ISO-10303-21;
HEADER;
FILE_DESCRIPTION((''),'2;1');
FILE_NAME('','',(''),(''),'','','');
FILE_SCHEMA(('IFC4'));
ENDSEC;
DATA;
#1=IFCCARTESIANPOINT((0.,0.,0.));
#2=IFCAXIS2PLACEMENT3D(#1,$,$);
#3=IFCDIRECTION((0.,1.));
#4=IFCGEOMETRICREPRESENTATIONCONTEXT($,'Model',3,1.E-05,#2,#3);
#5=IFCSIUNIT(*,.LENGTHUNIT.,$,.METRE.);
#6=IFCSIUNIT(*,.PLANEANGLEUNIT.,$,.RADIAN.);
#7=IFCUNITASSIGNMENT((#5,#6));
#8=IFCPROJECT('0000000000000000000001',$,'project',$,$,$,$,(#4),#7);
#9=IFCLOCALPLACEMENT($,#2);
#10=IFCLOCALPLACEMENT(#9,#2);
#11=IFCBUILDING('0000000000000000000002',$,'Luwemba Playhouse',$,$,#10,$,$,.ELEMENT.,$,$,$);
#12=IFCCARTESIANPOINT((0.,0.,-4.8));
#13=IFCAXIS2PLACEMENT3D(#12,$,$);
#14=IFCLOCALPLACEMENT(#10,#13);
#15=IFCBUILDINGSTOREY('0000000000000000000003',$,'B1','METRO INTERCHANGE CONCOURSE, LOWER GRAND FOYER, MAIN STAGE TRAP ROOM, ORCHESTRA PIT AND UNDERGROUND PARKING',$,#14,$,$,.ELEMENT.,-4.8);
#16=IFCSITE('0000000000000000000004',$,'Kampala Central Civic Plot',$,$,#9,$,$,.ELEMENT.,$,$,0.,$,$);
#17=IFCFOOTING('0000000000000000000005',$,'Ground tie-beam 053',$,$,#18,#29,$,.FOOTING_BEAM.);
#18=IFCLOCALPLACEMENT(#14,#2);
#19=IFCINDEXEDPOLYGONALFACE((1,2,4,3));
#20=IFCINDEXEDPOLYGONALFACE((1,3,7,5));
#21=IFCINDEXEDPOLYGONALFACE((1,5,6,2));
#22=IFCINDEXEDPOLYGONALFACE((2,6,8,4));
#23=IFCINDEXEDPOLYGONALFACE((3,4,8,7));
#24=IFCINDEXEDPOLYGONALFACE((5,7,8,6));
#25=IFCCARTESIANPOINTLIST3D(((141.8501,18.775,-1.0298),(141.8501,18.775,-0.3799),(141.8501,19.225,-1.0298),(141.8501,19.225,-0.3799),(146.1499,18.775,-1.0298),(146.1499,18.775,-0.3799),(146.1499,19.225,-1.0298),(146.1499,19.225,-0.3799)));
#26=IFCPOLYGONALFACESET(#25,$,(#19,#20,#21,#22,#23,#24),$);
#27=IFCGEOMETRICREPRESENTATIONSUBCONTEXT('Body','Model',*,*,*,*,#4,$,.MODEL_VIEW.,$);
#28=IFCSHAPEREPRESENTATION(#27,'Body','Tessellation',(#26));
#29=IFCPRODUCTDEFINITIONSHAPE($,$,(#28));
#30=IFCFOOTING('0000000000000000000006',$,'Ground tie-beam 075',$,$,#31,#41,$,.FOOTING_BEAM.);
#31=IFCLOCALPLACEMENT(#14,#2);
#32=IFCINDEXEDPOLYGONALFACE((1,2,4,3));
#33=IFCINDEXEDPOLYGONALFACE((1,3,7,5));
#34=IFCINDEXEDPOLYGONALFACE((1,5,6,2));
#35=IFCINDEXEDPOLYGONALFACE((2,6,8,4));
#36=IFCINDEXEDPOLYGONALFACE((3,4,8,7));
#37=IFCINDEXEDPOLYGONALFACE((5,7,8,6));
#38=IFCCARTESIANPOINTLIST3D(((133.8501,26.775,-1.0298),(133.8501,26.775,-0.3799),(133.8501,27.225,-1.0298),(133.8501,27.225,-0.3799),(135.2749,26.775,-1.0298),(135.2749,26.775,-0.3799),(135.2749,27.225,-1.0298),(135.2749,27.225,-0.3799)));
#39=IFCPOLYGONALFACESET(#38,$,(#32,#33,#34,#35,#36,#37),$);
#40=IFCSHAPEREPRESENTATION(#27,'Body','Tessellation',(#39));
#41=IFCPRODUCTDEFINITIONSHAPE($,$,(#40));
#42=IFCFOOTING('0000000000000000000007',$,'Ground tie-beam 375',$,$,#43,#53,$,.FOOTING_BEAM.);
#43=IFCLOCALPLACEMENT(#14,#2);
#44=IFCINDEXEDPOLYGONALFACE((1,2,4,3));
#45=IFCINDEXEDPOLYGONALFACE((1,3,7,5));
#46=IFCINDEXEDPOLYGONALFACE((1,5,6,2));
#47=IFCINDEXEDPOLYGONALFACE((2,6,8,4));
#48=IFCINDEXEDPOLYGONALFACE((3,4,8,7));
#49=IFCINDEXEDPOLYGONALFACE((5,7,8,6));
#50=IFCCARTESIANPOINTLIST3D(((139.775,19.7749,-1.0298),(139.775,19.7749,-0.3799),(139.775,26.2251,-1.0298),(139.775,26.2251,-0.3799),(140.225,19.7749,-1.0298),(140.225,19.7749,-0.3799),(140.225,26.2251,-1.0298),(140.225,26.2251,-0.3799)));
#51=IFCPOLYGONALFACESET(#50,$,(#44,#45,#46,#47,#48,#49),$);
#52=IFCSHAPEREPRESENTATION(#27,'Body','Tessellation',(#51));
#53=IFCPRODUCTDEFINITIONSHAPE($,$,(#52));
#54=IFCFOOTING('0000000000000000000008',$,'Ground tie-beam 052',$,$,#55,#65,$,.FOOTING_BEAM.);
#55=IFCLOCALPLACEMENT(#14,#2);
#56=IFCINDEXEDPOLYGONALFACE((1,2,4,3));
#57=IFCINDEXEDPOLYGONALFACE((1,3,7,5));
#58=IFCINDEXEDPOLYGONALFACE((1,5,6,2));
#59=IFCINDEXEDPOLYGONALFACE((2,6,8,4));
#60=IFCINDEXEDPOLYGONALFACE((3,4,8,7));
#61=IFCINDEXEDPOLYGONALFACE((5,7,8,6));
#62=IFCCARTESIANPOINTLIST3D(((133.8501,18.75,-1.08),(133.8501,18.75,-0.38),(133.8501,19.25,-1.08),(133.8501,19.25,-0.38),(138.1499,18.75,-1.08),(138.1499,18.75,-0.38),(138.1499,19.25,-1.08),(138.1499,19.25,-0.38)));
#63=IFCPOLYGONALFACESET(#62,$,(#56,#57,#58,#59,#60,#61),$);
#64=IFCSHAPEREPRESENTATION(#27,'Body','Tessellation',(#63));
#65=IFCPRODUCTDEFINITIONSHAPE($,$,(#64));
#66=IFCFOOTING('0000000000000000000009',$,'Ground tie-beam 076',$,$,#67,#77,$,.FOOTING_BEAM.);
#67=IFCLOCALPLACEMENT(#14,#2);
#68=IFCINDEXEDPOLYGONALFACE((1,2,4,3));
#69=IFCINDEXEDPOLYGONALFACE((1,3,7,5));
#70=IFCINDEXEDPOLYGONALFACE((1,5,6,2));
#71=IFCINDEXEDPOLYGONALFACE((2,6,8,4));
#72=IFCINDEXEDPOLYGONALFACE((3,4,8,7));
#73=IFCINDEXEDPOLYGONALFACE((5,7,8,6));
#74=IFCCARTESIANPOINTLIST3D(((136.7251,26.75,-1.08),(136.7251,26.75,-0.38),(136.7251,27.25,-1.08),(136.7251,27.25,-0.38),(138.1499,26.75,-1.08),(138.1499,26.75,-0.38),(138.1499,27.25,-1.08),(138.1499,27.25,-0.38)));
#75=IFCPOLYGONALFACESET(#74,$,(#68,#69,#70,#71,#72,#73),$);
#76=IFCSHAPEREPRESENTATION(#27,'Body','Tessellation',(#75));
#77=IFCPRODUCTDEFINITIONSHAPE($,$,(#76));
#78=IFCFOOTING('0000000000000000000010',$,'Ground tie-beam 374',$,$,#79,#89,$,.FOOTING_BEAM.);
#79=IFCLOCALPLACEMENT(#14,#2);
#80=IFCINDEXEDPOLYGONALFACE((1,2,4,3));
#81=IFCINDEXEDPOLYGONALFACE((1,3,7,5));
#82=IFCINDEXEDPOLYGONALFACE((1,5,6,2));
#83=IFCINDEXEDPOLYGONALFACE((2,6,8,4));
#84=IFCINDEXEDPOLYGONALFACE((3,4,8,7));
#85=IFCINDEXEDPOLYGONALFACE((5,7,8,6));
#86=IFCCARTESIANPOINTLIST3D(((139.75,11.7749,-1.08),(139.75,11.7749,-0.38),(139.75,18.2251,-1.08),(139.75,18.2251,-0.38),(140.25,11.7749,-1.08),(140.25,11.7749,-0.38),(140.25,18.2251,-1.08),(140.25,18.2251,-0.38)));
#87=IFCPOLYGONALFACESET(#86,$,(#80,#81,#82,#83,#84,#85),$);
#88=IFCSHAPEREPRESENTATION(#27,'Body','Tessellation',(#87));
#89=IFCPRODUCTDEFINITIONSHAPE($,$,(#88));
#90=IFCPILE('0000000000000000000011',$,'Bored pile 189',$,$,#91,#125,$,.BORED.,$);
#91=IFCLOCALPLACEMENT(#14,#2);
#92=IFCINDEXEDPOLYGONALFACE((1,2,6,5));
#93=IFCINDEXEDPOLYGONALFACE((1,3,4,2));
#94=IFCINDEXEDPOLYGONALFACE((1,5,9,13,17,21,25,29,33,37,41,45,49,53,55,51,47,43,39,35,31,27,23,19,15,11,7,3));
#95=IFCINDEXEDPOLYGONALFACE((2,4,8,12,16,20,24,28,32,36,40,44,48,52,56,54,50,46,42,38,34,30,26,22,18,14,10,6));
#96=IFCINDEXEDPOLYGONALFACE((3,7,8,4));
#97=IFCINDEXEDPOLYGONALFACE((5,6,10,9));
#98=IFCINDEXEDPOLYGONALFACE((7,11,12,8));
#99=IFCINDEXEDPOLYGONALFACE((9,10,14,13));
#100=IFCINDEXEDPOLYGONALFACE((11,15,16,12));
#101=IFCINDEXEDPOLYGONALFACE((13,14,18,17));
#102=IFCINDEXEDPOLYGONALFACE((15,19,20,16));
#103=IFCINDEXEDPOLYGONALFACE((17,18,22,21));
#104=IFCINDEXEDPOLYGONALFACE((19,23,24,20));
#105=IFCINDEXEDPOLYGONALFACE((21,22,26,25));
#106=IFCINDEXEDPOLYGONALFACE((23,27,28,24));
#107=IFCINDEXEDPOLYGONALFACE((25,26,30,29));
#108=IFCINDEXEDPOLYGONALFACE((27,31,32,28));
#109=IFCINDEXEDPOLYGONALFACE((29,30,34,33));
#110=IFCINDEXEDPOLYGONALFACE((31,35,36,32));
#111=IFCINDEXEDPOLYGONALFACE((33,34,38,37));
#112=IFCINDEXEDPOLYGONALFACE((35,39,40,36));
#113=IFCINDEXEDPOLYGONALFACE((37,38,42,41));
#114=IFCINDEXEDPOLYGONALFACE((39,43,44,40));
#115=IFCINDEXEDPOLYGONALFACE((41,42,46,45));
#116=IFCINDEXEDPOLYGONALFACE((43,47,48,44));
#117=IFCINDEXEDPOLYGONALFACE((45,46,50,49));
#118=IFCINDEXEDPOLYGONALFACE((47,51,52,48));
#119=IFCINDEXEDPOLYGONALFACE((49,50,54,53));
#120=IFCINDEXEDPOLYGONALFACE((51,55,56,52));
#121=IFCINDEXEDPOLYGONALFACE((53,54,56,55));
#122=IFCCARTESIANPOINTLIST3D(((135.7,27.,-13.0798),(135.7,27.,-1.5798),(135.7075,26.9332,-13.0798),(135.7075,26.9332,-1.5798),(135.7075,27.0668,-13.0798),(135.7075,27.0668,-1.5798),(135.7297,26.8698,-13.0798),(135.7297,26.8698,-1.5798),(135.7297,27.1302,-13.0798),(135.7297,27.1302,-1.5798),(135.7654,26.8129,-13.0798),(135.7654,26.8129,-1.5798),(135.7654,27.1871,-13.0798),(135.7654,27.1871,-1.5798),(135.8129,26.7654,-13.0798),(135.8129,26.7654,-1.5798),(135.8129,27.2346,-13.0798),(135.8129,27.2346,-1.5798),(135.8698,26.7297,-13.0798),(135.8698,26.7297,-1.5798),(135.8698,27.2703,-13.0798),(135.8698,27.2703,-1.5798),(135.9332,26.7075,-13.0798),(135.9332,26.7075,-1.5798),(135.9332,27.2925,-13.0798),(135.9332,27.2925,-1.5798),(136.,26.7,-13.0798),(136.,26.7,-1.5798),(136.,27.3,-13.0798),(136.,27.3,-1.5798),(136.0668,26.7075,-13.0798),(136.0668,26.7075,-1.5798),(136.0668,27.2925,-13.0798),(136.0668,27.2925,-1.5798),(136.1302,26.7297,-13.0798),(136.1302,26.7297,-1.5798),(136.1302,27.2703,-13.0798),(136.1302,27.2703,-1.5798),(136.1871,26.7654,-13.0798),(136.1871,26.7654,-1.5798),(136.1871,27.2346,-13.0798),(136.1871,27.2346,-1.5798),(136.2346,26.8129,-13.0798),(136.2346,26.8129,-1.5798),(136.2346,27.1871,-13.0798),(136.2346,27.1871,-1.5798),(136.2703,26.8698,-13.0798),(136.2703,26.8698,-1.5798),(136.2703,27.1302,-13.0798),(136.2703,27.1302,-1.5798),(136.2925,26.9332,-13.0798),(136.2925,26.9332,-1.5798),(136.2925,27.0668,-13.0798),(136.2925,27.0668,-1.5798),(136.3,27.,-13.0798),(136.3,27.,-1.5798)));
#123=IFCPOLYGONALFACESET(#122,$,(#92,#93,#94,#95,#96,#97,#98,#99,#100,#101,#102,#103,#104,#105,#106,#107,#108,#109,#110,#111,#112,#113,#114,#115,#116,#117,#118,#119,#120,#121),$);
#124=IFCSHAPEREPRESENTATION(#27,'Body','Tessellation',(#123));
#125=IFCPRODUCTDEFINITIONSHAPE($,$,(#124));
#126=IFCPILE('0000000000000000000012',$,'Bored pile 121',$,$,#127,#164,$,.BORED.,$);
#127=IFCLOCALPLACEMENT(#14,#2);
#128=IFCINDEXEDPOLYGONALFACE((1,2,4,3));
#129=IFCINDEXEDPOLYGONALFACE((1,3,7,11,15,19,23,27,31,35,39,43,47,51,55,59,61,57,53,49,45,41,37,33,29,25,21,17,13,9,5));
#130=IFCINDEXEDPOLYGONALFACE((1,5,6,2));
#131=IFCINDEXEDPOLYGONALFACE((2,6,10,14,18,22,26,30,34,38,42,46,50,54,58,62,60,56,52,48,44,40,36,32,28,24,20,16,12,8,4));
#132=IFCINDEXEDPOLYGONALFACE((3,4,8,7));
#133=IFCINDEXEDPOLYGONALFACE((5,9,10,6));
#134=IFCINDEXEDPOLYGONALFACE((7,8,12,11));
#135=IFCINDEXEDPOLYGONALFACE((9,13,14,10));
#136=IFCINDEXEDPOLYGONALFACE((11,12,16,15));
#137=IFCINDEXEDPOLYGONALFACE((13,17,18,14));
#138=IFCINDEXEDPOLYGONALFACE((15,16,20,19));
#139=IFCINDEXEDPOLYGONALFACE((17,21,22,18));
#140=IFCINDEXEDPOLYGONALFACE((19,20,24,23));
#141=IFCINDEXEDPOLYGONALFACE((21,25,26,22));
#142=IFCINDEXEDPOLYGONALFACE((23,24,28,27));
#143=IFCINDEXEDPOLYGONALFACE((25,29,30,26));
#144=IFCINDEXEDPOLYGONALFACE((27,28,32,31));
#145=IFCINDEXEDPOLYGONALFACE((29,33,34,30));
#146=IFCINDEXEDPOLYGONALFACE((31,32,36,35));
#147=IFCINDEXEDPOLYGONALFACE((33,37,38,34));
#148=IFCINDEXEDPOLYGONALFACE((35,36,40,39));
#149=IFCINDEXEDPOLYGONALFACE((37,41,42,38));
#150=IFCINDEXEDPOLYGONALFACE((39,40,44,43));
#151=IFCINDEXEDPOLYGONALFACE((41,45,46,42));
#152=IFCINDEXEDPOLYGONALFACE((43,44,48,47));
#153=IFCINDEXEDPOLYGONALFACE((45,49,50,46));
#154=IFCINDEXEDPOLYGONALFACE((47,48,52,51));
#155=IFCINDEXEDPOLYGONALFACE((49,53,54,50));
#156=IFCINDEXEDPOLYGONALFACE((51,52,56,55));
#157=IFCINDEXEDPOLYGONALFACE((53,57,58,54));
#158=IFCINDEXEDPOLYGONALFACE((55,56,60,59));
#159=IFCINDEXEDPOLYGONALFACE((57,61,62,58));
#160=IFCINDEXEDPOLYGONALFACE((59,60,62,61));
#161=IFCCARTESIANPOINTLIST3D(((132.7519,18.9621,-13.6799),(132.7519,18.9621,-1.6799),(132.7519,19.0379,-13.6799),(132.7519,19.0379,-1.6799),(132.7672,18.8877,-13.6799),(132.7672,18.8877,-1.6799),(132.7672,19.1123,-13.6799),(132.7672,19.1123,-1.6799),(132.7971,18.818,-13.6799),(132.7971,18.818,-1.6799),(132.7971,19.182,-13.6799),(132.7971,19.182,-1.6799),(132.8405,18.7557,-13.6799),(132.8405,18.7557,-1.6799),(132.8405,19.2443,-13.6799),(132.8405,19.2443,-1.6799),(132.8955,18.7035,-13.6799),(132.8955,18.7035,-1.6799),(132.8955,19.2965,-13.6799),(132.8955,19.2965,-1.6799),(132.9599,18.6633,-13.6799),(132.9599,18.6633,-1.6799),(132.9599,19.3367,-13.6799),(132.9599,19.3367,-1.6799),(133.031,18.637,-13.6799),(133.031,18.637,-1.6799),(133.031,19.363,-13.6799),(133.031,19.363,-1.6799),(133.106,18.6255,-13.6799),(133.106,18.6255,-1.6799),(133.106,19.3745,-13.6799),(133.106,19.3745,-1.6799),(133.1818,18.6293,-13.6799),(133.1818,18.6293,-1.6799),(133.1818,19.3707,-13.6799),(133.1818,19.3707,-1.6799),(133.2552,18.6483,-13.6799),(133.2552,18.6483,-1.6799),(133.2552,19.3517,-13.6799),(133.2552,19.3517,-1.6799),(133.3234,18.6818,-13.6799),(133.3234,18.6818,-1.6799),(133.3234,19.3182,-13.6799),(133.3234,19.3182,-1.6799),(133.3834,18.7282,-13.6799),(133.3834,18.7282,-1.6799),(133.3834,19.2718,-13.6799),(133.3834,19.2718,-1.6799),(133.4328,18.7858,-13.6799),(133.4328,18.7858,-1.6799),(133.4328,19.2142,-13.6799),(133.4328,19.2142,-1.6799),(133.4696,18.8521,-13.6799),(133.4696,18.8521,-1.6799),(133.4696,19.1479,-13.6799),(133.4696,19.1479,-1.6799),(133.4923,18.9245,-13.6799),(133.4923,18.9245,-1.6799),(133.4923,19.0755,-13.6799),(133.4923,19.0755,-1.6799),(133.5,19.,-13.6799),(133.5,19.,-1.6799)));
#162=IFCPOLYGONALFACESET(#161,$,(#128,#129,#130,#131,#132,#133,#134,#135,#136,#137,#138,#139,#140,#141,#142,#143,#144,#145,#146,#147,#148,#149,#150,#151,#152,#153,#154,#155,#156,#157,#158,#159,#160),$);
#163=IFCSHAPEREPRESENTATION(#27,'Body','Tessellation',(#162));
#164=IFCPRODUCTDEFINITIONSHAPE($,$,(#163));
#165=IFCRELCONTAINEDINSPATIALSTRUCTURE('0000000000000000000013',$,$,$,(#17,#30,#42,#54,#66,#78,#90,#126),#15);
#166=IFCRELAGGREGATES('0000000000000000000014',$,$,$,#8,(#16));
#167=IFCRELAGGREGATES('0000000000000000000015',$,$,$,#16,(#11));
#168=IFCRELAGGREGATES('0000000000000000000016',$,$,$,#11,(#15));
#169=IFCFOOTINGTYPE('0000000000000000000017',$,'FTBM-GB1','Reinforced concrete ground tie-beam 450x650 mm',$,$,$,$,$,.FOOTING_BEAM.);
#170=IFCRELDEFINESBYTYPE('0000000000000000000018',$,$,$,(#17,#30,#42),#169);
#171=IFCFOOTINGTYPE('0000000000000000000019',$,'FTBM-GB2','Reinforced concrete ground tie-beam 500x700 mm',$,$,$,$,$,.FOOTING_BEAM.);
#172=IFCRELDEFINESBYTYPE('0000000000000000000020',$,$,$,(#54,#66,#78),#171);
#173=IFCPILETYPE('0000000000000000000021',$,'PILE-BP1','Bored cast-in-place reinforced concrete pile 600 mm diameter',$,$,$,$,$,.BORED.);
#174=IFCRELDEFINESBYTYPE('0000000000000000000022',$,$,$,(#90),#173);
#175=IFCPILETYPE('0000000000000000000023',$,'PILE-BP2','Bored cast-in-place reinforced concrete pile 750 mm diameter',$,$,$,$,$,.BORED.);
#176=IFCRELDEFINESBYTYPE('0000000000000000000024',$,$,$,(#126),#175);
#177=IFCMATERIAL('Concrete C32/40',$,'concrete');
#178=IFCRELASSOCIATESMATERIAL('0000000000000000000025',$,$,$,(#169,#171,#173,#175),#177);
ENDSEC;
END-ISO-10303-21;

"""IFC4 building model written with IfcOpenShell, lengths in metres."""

from ifc_helpers import new_model, si_unit, direction, frame, origin, origin_2d, place, context, subcontext, project, spatial, rectangle, circle, extrude, material, material_profile, profile_set, type_object, element, save


model = new_model("IFC4")

# Units and contexts
model_context = context("Model", 3, precision=1e-05, world=origin(), true_north=direction((0.0, 1.0)))
body_context = subcontext(model_context, "Body", "Model", "MODEL_VIEW")
ifc_project = project(units=[si_unit("LENGTHUNIT", "METRE"), si_unit("PLANEANGLEUNIT", "RADIAN")], contexts=[model_context])

# Site, building, storey
site_placement = place(None, origin())
site = spatial("IfcSite", under=ifc_project, at=site_placement, Name="Kampala Central Civic Plot", CompositionType="ELEMENT", RefElevation=0.0)
building_placement = place(site_placement, origin())
building = spatial("IfcBuilding", under=site, at=building_placement, Name="Luwemba Playhouse", CompositionType="ELEMENT")
storey_placement = place(building_placement, frame((0.0, 0.0, -4.8)))
storey = spatial("IfcBuildingStorey", under=building, at=storey_placement, Name="B1", Description="METRO INTERCHANGE CONCOURSE, LOWER GRAND FOYER, MAIN STAGE TRAP ROOM, ORCHESTRA PIT AND UNDERGROUND PARKING", CompositionType="ELEMENT", Elevation=-4.8)

# Footings
ifc_material_1 = material(Name="Concrete C32/40", Category="concrete")
ifc_material_profile_1 = material_profile(ifc_material_1, rectangle(XDim=0.45, YDim=0.6499, at=origin_2d()))
ifc_profile_set_1 = profile_set([ifc_material_profile_1], Name="Concrete C32/40")
footing_type_1 = type_object("IfcFootingType", Name="FTBM-GB1", Description="Reinforced concrete ground tie-beam 450x650 mm", PredefinedType="FOOTING_BEAM", material=ifc_profile_set_1)
footing_1_placement = place(storey_placement, frame((141.8501, 19.0, -0.7048), z_axis=(1.0, 0.0, 0.0), x_axis=(0.0, 1.0, 0.0)))
element("IfcFooting", 1, at=footing_1_placement, inside=storey, type_object=footing_type_1, Name="Ground tie-beam 053", PredefinedType="FOOTING_BEAM", context=body_context, shape_type="SweptSolid", body=[
    extrude(rectangle(XDim=0.45, YDim=0.6499, at=origin_2d()), origin(), (0.0, 0.0, 1.0), 4.2998),
])
footing_2_placement = place(storey_placement, frame((133.8501, 27.0, -0.7048), z_axis=(1.0, 0.0, 0.0), x_axis=(0.0, 1.0, 0.0)))
element("IfcFooting", 2, at=footing_2_placement, inside=storey, type_object=footing_type_1, Name="Ground tie-beam 075", PredefinedType="FOOTING_BEAM", context=body_context, shape_type="SweptSolid", body=[
    extrude(rectangle(XDim=0.45, YDim=0.6499, at=origin_2d()), origin(), (0.0, 0.0, 1.0), 1.4248),
])
footing_3_placement = place(storey_placement, frame((140.0, 19.7749, -0.7048), z_axis=(0.0, 1.0, 0.0), x_axis=(-1.0, 0.0, 0.0)))
element("IfcFooting", 3, at=footing_3_placement, inside=storey, type_object=footing_type_1, Name="Ground tie-beam 375", PredefinedType="FOOTING_BEAM", context=body_context, shape_type="SweptSolid", body=[
    extrude(rectangle(XDim=0.45, YDim=0.6499, at=origin_2d()), origin(), (0.0, 0.0, 1.0), 6.4502),
])
ifc_material_profile_2 = material_profile(ifc_material_1, rectangle(XDim=0.5, YDim=0.7, at=origin_2d()))
ifc_profile_set_2 = profile_set([ifc_material_profile_2], Name="Concrete C32/40")
footing_type_2 = type_object("IfcFootingType", Name="FTBM-GB2", Description="Reinforced concrete ground tie-beam 500x700 mm", PredefinedType="FOOTING_BEAM", material=ifc_profile_set_2)
footing_4_placement = place(storey_placement, frame((133.8501, 19.0, -0.73), z_axis=(1.0, 0.0, 0.0), x_axis=(0.0, 1.0, 0.0)))
element("IfcFooting", 4, at=footing_4_placement, inside=storey, type_object=footing_type_2, Name="Ground tie-beam 052", PredefinedType="FOOTING_BEAM", context=body_context, shape_type="SweptSolid", body=[
    extrude(rectangle(XDim=0.5, YDim=0.7, at=origin_2d()), origin(), (0.0, 0.0, 1.0), 4.2998),
])
footing_5_placement = place(storey_placement, frame((136.7251, 27.0, -0.73), z_axis=(1.0, 0.0, 0.0), x_axis=(0.0, 1.0, 0.0)))
element("IfcFooting", 5, at=footing_5_placement, inside=storey, type_object=footing_type_2, Name="Ground tie-beam 076", PredefinedType="FOOTING_BEAM", context=body_context, shape_type="SweptSolid", body=[
    extrude(rectangle(XDim=0.5, YDim=0.7, at=origin_2d()), origin(), (0.0, 0.0, 1.0), 1.4248),
])
footing_6_placement = place(storey_placement, frame((140.0, 11.7749, -0.73), z_axis=(0.0, 1.0, 0.0), x_axis=(-1.0, 0.0, 0.0)))
element("IfcFooting", 6, at=footing_6_placement, inside=storey, type_object=footing_type_2, Name="Ground tie-beam 374", PredefinedType="FOOTING_BEAM", context=body_context, shape_type="SweptSolid", body=[
    extrude(rectangle(XDim=0.5, YDim=0.7, at=origin_2d()), origin(), (0.0, 0.0, 1.0), 6.4502),
])

# Piles
ifc_material_profile_3 = material_profile(ifc_material_1, circle(Radius=0.3, at=origin_2d()))
ifc_profile_set_3 = profile_set([ifc_material_profile_3], Name="Concrete C32/40")
pile_type_1 = type_object("IfcPileType", Name="PILE-BP1", Description="Bored cast-in-place reinforced concrete pile 600 mm diameter", PredefinedType="BORED", material=ifc_profile_set_3)
pile_placement = place(storey_placement, frame((136.0, 27.0, -1.5798), z_axis=(0.0, 0.0, -1.0), x_axis=(1.0, 0.0, 0.0)))
element("IfcPile", 7, at=pile_placement, inside=storey, type_object=pile_type_1, Name="Bored pile 189", PredefinedType="BORED", context=body_context, shape_type="SweptSolid", body=[
    extrude(circle(Radius=0.3, at=origin_2d()), origin(), (0.0, 0.0, 1.0), 11.5),
])
ifc_material_profile_4 = material_profile(ifc_material_1, circle(Radius=0.375, at=origin_2d()))
ifc_profile_set_4 = profile_set([ifc_material_profile_4], Name="Concrete C32/40")
pile_type_2 = type_object("IfcPileType", Name="PILE-BP2", Description="Bored cast-in-place reinforced concrete pile 750 mm diameter", PredefinedType="BORED", material=ifc_profile_set_4)
for number, where, z_axis, x_axis, name in (
    (8, (133.125, 19.0, -1.6799), (0.0, 0.0, -1.0), (1.0, 0.0, 0.0), "Bored pile 121"),
):
    element("IfcPile", number, at=place(storey_placement, frame(where, z_axis=z_axis, x_axis=x_axis)), inside=storey, type_object=pile_type_2, Name=name, PredefinedType="BORED", context=body_context, shape_type="SweptSolid", body=[
        extrude(circle(Radius=0.375, at=origin_2d()), origin(), (0.0, 0.0, 1.0), 12.0),
    ])

save(model, "model.ifc")
